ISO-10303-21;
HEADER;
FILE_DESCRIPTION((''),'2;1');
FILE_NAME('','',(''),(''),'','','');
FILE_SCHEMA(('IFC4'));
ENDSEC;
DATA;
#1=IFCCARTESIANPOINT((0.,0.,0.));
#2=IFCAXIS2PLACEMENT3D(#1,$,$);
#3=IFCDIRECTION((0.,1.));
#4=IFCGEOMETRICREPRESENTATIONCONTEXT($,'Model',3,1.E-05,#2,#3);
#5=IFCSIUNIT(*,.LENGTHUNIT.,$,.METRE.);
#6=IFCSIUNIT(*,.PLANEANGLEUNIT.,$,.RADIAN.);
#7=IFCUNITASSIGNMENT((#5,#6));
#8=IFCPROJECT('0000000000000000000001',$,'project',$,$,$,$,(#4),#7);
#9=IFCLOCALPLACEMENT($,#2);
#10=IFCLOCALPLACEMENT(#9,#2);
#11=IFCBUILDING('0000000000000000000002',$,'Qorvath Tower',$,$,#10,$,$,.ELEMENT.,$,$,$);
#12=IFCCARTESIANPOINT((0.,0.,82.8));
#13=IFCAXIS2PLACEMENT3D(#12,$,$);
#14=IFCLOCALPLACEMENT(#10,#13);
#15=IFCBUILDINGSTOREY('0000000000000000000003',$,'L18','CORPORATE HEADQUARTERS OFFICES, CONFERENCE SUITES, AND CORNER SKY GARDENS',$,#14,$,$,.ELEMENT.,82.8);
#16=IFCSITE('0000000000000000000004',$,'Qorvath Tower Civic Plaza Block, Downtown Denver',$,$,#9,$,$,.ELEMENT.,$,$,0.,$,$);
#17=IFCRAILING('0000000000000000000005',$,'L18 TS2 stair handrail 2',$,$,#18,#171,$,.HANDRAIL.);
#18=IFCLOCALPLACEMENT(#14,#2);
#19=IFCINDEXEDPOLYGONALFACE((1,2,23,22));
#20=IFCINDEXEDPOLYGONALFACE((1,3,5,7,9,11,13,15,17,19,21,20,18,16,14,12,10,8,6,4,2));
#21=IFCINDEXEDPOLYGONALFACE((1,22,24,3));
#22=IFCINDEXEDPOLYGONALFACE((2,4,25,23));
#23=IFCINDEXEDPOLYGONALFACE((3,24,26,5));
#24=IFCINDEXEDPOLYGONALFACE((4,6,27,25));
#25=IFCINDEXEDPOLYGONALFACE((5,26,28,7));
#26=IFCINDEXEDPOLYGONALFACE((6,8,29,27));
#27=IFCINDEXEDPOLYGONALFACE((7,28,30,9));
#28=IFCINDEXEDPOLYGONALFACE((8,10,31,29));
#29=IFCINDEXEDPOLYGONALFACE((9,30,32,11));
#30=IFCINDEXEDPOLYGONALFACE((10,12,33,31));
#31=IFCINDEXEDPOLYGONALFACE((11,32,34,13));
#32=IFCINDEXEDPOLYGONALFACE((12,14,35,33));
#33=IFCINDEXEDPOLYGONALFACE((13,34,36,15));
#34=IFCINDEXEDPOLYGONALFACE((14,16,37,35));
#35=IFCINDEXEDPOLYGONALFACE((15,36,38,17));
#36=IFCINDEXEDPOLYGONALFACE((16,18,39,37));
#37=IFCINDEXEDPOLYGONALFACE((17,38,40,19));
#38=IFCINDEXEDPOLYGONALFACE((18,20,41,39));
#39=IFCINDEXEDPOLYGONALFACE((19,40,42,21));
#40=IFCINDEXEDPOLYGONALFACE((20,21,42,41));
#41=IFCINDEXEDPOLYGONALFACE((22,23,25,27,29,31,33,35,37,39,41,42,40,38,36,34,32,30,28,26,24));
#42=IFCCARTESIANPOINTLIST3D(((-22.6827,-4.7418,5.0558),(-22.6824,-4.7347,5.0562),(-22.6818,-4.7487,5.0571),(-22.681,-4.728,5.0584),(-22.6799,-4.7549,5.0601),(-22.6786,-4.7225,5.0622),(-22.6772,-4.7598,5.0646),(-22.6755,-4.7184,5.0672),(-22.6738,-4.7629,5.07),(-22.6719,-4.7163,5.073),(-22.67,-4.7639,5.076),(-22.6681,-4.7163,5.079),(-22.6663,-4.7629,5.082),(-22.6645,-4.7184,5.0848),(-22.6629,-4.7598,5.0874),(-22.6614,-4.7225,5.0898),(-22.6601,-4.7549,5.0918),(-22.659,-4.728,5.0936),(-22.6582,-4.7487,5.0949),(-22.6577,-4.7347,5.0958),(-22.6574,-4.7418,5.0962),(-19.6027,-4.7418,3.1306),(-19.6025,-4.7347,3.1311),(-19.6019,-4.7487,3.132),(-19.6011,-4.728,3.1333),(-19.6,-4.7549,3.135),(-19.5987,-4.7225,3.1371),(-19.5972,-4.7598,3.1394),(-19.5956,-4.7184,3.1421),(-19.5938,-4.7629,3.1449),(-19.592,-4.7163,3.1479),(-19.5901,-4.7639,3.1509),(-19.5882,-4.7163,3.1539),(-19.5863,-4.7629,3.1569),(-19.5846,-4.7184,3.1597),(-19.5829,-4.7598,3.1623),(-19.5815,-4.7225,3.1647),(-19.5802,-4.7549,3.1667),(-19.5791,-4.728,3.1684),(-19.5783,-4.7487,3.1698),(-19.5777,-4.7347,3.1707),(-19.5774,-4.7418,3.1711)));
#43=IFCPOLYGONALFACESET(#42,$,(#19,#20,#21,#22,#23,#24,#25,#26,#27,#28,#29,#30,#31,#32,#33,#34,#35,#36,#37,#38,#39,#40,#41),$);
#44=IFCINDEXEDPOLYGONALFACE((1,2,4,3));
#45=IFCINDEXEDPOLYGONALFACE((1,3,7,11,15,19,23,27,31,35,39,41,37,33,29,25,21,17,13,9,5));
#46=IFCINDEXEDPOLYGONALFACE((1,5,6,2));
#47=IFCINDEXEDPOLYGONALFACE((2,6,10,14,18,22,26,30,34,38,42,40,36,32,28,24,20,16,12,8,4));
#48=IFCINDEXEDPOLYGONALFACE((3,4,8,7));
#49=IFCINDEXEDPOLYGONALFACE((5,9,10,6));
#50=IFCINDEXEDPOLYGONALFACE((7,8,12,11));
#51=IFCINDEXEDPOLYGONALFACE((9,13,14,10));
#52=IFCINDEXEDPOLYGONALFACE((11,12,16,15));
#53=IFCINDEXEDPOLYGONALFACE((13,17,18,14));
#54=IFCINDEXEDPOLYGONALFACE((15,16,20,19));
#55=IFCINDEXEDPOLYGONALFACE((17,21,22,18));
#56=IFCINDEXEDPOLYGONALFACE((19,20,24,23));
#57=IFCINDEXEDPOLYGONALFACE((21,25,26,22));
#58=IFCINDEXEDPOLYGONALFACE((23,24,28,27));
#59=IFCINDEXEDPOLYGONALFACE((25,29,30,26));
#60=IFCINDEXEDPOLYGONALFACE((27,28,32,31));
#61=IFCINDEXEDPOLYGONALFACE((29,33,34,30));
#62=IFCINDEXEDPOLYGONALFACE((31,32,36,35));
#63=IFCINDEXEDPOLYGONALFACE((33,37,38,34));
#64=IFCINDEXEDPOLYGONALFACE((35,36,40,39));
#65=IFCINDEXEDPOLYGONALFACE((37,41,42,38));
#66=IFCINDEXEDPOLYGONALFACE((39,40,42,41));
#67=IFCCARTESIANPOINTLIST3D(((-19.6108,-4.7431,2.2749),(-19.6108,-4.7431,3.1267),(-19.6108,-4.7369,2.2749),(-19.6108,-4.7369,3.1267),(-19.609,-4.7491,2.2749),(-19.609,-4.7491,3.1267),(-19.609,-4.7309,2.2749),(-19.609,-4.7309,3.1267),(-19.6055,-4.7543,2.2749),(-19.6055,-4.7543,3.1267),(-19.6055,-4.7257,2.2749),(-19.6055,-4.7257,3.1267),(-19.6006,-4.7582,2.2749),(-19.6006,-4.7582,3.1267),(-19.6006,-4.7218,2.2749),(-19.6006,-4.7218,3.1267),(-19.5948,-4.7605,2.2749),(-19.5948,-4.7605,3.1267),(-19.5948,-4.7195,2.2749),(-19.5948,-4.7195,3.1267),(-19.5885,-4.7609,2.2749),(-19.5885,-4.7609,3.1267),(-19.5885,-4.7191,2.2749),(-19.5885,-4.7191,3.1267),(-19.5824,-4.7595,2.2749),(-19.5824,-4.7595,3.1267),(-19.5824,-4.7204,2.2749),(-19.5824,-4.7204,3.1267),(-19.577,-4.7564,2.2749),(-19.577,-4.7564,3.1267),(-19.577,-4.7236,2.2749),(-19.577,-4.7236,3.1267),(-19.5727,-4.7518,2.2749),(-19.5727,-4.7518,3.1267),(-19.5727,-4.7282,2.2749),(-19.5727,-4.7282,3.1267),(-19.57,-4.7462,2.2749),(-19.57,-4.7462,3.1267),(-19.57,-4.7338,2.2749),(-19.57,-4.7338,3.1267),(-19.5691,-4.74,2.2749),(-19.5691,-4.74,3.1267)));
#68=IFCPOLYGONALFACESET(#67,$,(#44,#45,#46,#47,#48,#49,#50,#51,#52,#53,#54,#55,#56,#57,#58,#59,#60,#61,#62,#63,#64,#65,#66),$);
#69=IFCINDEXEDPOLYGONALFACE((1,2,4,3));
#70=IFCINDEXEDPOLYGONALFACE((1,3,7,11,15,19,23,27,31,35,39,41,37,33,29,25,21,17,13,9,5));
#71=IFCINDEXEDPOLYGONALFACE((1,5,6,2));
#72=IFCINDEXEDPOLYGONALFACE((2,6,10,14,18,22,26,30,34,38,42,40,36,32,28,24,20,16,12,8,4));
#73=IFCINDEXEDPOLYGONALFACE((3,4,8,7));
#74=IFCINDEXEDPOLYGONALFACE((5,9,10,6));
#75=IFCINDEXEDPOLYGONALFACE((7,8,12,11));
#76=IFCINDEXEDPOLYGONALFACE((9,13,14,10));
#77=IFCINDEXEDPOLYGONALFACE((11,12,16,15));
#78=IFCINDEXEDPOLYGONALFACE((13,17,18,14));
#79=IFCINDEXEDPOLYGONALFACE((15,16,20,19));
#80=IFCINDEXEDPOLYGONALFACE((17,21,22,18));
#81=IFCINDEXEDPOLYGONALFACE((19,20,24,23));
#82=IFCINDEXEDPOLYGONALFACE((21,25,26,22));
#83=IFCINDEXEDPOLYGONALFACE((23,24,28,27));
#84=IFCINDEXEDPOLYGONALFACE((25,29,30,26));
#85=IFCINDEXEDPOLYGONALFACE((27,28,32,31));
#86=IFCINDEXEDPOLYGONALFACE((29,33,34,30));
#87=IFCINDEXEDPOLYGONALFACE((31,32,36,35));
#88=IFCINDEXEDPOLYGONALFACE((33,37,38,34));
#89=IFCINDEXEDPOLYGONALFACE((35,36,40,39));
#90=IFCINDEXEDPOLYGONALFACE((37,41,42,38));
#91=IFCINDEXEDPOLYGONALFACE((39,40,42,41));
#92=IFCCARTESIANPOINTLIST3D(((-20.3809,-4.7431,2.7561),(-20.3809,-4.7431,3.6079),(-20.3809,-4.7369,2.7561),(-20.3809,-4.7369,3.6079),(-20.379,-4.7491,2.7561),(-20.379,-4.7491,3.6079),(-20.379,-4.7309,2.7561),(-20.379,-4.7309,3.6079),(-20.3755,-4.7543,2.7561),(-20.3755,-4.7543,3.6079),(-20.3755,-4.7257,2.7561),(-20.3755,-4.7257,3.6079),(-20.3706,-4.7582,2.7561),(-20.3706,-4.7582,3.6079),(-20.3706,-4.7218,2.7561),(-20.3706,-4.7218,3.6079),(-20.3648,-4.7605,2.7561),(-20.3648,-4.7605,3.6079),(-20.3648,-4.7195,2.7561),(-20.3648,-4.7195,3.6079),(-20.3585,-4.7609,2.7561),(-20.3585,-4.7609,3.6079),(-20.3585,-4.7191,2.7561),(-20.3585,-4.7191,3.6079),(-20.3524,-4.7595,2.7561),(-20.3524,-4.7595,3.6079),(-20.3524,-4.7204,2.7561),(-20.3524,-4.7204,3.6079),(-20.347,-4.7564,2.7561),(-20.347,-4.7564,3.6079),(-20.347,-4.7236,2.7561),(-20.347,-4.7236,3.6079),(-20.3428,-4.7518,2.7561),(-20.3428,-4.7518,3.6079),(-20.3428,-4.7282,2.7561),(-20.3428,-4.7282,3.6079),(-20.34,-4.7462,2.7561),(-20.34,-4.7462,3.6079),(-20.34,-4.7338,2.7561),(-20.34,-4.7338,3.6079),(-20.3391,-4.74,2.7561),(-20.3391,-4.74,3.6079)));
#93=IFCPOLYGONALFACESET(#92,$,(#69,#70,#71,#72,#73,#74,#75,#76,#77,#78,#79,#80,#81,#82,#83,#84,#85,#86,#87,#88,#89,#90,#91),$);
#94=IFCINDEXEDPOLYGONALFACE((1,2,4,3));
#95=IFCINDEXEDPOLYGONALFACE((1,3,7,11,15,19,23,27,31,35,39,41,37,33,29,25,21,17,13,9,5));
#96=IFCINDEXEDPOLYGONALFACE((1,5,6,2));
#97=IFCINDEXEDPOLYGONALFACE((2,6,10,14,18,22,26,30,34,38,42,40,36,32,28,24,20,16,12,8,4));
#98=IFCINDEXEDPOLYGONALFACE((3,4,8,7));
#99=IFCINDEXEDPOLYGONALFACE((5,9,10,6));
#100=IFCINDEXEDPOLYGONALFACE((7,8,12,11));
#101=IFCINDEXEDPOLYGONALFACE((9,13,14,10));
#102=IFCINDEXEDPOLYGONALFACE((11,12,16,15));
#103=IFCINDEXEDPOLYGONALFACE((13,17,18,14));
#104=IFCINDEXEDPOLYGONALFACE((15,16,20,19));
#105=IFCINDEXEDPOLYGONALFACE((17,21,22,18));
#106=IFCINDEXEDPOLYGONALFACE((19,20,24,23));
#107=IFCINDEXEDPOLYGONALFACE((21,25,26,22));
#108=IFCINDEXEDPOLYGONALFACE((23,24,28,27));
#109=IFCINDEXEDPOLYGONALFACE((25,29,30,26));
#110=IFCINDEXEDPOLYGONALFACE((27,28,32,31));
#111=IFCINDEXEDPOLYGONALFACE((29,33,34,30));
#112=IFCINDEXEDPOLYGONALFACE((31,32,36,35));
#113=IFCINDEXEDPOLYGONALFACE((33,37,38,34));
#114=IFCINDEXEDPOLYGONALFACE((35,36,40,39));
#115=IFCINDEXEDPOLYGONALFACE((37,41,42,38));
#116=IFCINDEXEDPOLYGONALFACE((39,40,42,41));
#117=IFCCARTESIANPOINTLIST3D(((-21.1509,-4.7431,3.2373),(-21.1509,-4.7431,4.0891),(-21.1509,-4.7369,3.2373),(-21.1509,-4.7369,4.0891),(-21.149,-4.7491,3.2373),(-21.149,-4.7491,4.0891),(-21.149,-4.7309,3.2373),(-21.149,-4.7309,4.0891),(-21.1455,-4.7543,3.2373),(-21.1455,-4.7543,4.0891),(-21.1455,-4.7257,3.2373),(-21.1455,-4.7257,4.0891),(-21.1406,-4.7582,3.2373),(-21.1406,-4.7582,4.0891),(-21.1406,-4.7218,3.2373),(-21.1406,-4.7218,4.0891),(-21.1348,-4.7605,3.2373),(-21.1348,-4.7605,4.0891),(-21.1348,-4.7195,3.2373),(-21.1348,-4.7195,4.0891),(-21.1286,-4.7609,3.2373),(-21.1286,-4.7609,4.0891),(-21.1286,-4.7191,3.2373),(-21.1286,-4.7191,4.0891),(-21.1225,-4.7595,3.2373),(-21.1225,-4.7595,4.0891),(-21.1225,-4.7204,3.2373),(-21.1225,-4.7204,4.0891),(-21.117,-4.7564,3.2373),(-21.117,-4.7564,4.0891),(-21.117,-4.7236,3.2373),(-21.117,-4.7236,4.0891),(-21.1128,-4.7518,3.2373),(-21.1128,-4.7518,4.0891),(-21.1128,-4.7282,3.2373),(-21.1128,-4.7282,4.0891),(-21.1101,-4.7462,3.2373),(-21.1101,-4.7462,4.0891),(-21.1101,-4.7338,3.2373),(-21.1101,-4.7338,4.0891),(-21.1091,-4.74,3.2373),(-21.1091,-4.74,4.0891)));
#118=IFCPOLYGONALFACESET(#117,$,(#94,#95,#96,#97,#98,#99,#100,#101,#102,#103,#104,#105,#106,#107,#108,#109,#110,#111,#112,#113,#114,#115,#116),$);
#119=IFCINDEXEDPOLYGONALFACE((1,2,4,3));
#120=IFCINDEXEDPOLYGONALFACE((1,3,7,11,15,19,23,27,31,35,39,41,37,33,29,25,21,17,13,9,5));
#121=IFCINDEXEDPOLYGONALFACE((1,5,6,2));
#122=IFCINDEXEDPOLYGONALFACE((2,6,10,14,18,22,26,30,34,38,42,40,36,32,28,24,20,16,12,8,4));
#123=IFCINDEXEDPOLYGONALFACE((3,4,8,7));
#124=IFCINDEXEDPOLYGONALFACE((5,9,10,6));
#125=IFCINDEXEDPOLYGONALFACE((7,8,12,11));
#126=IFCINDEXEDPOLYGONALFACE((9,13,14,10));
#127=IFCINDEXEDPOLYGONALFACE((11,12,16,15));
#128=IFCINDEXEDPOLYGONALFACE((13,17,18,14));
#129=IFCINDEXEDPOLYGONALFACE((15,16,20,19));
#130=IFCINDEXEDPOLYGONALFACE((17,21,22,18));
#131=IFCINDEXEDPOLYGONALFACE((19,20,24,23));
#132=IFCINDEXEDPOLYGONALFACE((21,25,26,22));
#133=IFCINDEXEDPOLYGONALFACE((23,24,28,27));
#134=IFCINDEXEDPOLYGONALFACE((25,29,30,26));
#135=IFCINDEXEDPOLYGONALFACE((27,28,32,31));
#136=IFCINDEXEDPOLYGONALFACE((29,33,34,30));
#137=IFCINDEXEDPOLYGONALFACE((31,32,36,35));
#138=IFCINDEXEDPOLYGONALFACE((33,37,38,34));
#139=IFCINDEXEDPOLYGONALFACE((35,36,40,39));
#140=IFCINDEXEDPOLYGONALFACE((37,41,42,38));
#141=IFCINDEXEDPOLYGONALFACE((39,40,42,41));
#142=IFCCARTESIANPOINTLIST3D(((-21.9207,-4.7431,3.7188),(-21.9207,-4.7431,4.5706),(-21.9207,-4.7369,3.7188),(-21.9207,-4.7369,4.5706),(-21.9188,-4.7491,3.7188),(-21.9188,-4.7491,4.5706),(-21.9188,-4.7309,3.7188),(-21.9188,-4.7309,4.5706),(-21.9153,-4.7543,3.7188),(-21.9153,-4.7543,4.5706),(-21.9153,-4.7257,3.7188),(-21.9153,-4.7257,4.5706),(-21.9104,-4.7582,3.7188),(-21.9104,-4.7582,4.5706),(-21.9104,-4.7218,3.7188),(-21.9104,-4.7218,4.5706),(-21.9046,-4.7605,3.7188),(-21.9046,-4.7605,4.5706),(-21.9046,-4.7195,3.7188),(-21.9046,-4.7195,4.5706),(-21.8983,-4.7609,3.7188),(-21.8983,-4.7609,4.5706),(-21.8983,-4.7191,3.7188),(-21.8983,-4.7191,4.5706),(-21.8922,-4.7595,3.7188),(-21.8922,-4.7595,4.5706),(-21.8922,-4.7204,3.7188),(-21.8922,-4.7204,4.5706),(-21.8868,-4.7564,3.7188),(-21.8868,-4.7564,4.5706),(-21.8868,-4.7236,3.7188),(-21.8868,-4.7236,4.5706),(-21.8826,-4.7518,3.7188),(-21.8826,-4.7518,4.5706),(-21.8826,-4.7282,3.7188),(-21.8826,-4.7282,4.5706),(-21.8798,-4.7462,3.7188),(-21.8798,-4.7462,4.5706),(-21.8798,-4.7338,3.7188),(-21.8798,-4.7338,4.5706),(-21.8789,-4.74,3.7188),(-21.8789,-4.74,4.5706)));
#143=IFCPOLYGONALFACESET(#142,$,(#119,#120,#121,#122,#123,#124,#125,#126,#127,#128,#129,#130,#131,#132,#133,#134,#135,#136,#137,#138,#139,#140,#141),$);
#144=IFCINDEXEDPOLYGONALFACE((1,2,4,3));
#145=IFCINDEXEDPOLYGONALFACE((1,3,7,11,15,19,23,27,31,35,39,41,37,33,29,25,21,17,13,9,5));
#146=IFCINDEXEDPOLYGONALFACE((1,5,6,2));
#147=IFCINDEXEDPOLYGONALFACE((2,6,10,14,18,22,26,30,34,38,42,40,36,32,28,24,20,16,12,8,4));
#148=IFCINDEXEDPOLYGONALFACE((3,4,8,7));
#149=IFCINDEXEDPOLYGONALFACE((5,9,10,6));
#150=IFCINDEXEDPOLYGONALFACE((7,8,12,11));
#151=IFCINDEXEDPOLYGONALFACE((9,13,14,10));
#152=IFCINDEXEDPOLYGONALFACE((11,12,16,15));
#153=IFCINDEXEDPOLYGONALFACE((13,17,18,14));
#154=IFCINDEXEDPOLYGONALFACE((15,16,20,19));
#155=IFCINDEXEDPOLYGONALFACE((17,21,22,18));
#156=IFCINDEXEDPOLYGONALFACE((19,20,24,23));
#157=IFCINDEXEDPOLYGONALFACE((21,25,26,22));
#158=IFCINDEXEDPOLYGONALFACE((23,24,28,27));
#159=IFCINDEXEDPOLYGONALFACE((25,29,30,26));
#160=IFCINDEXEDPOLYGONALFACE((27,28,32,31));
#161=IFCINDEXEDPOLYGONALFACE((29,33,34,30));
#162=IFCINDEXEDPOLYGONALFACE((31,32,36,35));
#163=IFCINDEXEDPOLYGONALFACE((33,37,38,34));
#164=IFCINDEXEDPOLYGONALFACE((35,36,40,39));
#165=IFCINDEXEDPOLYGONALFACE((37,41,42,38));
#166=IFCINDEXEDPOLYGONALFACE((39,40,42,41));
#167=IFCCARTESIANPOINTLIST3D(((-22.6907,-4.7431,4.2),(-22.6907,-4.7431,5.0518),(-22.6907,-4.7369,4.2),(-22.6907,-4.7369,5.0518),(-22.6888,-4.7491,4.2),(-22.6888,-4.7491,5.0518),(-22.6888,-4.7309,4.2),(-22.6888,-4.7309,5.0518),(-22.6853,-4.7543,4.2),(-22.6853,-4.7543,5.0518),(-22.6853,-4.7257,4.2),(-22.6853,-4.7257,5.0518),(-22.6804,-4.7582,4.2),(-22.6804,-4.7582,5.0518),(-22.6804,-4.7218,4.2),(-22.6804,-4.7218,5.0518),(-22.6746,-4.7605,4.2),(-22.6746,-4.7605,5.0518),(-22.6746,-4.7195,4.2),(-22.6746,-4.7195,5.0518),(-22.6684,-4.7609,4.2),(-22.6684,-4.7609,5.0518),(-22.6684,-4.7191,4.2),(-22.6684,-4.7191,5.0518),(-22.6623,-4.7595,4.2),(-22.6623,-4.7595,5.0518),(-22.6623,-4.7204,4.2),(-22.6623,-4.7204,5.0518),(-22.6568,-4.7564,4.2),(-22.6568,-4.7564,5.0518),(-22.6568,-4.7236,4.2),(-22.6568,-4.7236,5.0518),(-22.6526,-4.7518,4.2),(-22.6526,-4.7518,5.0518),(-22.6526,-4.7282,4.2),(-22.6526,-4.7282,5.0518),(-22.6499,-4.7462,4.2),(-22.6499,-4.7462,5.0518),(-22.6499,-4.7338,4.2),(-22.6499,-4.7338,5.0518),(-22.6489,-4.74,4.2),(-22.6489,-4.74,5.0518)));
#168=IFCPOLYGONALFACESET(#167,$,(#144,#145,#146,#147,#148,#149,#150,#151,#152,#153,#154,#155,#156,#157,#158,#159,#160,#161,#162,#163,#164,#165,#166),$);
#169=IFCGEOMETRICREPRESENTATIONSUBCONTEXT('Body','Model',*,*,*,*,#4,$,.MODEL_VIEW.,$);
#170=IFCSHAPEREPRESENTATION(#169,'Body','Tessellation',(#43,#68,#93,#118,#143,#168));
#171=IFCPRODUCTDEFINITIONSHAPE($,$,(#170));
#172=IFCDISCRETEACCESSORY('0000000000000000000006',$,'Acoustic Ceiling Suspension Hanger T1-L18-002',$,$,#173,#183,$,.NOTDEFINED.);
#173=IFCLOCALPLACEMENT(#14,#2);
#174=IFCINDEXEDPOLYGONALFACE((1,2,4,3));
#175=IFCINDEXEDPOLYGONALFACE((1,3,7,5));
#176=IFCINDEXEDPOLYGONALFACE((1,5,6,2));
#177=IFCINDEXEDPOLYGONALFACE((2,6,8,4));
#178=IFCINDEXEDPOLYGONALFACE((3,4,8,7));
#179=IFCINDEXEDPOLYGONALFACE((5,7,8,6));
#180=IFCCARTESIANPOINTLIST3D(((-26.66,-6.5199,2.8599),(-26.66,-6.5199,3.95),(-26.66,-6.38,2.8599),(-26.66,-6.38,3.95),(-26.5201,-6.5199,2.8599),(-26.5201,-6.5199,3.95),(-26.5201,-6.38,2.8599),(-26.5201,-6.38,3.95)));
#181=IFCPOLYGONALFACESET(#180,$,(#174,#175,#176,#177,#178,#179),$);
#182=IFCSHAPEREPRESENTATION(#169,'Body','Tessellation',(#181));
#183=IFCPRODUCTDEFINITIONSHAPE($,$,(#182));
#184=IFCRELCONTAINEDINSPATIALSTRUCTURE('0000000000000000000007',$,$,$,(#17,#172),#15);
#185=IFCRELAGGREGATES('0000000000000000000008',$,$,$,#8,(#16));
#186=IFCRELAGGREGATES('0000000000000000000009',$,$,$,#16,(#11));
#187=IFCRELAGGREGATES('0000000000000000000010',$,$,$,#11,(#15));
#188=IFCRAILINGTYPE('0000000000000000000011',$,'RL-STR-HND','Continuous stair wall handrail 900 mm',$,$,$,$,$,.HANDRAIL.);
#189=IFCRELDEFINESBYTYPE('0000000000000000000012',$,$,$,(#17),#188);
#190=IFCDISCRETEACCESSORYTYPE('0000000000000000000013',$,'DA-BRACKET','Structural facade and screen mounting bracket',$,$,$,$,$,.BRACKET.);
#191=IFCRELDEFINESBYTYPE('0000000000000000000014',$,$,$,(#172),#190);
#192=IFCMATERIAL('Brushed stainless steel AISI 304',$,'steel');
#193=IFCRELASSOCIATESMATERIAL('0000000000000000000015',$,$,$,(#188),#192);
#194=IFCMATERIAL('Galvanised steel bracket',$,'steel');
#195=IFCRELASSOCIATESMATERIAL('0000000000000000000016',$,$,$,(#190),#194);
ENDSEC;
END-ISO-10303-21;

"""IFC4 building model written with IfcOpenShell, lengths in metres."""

from ifc_helpers import new_model, si_unit, direction, frame, origin, origin_2d, place, context, subcontext, project, spatial, rectangle, circle, extrude, material, type_object, element, save


model = new_model("IFC4")

# Units and contexts
model_context = context("Model", 3, precision=1e-05, world=origin(), true_north=direction((0.0, 1.0)))
body_context = subcontext(model_context, "Body", "Model", "MODEL_VIEW")
ifc_project = project(units=[si_unit("LENGTHUNIT", "METRE"), si_unit("PLANEANGLEUNIT", "RADIAN")], contexts=[model_context])

# Site, building, storey
site_placement = place(None, origin())
site = spatial("IfcSite", under=ifc_project, at=site_placement, Name="Qorvath Tower Civic Plaza Block, Downtown Denver", CompositionType="ELEMENT", RefElevation=0.0)
building_placement = place(site_placement, origin())
building = spatial("IfcBuilding", under=site, at=building_placement, Name="Qorvath Tower", CompositionType="ELEMENT")
storey_placement = place(building_placement, frame((0.0, 0.0, 82.8)))
storey = spatial("IfcBuildingStorey", under=building, at=storey_placement, Name="L18", Description="CORPORATE HEADQUARTERS OFFICES, CONFERENCE SUITES, AND CORNER SKY GARDENS", CompositionType="ELEMENT", Elevation=82.8)

# Railing
ifc_material_1 = material(Name="Brushed stainless steel AISI 304", Category="steel")
railing_type_1 = type_object("IfcRailingType", Name="RL-STR-HND", Description="Continuous stair wall handrail 900 mm", PredefinedType="HANDRAIL", material=ifc_material_1)
railing_1_placement = place(storey_placement, frame((-19.5901, -4.74, 2.2749)))
element("IfcRailing", 1, at=railing_1_placement, inside=storey, type_object=railing_type_1, Name="L18 TS2 stair handrail 2", PredefinedType="HANDRAIL", context=body_context, shape_type="SweptSolid", body=[
    extrude(circle(Radius=0.0239, at=origin_2d()), frame((0.0, 0.0, 0.876), z_axis=(-0.847979, 0.0, 0.530029), x_axis=(0.0, -1.0, 0.0)), (0.0, 0.0, 1.0), 3.6321),
    extrude(circle(Radius=0.021, at=origin_2d()), origin(), (0.0, 0.0, 1.0), 0.8518),
    extrude(circle(Radius=0.021, at=origin_2d()), frame((-0.77, 0.0, 0.4812)), (0.0, 0.0, 1.0), 0.8518),
    extrude(circle(Radius=0.021, at=origin_2d()), frame((-1.54, 0.0, 0.9624)), (0.0, 0.0, 1.0), 0.8518),
    extrude(circle(Radius=0.021, at=origin_2d()), frame((-2.3098, 0.0, 1.4438)), (0.0, 0.0, 1.0), 0.8518),
    extrude(circle(Radius=0.021, at=origin_2d()), frame((-3.0798, 0.0, 1.925)), (0.0, 0.0, 1.0), 0.8518),
])

# Discrete accessory
ifc_material_2 = material(Name="Galvanised steel bracket", Category="steel")
discrete_accessory_type = type_object("IfcDiscreteAccessoryType", Name="DA-BRACKET", Description="Structural facade and screen mounting bracket", PredefinedType="BRACKET", material=ifc_material_2)
discrete_accessory_placement = place(storey_placement, frame((-26.5901, -6.45, 2.8599), z_axis=(0.0, 0.0, 1.0), x_axis=(1.0, 0.0, 0.0)))
element("IfcDiscreteAccessory", 2, at=discrete_accessory_placement, inside=storey, type_object=discrete_accessory_type, Name="Acoustic Ceiling Suspension Hanger T1-L18-002", PredefinedType="NOTDEFINED", context=body_context, shape_type="SweptSolid", body=[
    extrude(rectangle(XDim=0.1399, YDim=0.1399, at=origin_2d()), origin(), (0.0, 0.0, 1.0), 1.0901),
])

save(model, "model.ifc")
